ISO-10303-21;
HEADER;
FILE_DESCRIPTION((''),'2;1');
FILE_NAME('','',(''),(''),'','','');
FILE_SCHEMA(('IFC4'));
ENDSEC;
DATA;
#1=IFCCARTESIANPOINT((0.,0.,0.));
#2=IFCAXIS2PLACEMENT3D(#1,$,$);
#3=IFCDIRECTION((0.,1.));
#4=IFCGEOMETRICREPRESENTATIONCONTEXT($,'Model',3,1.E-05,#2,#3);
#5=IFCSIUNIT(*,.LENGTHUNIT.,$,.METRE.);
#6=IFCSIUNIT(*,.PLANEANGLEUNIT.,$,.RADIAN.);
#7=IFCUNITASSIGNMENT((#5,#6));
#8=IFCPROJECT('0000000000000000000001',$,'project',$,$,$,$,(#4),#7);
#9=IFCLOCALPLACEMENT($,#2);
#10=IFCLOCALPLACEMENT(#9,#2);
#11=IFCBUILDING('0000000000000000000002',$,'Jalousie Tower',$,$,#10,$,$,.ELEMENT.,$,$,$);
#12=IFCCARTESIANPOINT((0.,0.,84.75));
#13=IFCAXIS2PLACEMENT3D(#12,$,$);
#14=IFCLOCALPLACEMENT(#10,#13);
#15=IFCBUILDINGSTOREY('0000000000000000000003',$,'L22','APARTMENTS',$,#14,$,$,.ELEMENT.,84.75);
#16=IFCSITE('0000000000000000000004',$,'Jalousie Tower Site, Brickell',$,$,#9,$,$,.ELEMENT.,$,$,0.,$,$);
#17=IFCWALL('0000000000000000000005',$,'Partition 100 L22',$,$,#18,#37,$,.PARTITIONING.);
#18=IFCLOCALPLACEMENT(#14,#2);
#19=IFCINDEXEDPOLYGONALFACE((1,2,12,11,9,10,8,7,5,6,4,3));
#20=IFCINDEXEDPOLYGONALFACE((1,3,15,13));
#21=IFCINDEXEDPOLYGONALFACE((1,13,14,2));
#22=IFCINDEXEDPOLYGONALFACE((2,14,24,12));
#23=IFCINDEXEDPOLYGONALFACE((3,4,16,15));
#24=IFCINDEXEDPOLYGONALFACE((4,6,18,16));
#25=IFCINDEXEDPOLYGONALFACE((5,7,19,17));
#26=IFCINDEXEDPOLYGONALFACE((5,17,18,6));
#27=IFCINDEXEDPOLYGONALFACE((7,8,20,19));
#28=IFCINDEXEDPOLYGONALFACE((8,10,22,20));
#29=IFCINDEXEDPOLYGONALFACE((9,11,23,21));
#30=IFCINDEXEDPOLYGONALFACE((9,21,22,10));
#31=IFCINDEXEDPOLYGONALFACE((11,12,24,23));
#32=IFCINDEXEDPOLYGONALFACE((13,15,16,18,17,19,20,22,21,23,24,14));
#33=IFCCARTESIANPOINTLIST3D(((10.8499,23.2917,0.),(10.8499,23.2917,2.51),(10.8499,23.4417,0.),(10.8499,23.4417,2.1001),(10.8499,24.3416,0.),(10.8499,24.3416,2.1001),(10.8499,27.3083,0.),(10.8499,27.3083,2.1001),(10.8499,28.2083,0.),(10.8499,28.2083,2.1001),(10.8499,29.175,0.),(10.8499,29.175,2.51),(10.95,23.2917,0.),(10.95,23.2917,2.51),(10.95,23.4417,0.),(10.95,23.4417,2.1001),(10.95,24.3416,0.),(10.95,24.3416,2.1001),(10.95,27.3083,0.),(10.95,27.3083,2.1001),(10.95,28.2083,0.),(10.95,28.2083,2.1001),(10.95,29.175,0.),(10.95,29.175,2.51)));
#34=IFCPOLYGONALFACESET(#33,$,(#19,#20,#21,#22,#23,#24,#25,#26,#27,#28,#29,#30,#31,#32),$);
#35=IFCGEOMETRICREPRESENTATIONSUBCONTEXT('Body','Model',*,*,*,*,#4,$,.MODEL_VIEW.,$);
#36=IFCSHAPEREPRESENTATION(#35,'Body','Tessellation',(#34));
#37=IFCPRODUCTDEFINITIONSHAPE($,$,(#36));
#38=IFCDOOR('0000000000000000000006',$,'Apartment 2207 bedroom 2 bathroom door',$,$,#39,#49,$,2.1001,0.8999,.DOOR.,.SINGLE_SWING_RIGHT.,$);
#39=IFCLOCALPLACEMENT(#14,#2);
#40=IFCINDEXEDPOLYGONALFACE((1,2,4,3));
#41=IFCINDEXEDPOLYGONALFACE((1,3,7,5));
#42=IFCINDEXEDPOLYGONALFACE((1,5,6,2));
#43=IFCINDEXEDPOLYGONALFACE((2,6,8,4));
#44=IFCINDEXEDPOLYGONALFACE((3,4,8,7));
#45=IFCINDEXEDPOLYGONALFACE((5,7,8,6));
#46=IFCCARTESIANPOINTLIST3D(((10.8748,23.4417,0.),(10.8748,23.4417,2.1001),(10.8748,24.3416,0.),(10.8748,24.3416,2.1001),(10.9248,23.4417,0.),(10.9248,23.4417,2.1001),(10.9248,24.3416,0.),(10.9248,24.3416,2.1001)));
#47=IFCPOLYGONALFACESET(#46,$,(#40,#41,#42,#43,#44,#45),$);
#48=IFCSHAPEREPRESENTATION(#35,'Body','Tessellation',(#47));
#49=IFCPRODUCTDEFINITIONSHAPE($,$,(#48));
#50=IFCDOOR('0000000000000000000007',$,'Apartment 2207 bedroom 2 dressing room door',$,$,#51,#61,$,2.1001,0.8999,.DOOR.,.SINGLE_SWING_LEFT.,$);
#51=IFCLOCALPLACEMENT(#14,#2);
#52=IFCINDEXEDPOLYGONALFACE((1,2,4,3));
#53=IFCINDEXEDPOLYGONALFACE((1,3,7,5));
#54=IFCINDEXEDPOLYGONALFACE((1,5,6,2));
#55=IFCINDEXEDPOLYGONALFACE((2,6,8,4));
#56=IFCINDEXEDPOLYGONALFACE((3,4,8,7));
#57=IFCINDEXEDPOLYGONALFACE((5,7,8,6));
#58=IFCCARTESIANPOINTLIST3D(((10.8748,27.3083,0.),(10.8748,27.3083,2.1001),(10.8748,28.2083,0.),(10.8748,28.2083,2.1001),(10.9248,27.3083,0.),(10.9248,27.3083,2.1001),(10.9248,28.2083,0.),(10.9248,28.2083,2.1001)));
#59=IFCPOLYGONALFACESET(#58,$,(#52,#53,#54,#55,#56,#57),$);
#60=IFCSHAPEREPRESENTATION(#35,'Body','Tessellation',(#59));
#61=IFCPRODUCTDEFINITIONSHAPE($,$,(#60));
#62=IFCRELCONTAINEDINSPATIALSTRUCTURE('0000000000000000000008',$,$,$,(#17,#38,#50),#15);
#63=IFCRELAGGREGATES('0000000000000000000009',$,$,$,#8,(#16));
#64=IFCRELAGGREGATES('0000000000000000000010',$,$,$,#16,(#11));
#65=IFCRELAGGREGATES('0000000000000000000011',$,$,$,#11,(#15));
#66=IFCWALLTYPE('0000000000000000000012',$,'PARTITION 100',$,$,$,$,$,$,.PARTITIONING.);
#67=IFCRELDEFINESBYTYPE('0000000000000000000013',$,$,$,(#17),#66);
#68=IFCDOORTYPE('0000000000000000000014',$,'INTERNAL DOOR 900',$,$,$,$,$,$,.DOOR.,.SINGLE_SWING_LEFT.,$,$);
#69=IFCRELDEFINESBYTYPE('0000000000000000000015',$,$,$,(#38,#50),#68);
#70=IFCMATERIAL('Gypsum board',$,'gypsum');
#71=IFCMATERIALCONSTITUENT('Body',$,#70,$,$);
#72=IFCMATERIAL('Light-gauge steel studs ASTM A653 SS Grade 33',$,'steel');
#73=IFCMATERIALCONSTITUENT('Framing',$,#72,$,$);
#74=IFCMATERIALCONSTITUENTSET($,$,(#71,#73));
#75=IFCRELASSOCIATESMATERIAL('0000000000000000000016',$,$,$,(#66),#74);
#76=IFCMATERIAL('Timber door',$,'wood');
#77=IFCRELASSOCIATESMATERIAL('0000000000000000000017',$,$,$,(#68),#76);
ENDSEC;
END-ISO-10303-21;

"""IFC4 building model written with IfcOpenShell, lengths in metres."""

from ifc_helpers import new_model, si_unit, direction, frame, frame_2d, origin, place, context, subcontext, project, spatial, polyline, rectangle, outline, extrude, material, constituent, constituent_set, type_object, element, fill, save


model = new_model("IFC4")

# Units and contexts
model_context = context("Model", 3, precision=1e-05, world=origin(), true_north=direction((0.0, 1.0)))
body_context = subcontext(model_context, "Body", "Model", "MODEL_VIEW")
ifc_project = project(units=[si_unit("LENGTHUNIT", "METRE"), si_unit("PLANEANGLEUNIT", "RADIAN")], contexts=[model_context])

# Site, building, storey
site_placement = place(None, origin())
site = spatial("IfcSite", under=ifc_project, at=site_placement, Name="Jalousie Tower Site, Brickell", CompositionType="ELEMENT", RefElevation=0.0)
building_placement = place(site_placement, origin())
building = spatial("IfcBuilding", under=site, at=building_placement, Name="Jalousie Tower", CompositionType="ELEMENT")
storey_placement = place(building_placement, frame((0.0, 0.0, 84.75)))
storey = spatial("IfcBuildingStorey", under=building, at=storey_placement, Name="L22", Description="APARTMENTS", CompositionType="ELEMENT", Elevation=84.75)

# Wall, openings, doors
ifc_material_1 = material(Name="Gypsum board", Category="gypsum")
ifc_constituent_1 = constituent(ifc_material_1, Name="Body")
ifc_material_2 = material(Name="Light-gauge steel studs ASTM A653 SS Grade 33", Category="steel")
ifc_constituent_2 = constituent(ifc_material_2, Name="Framing")
ifc_constituent_set_1 = constituent_set(constituents=[ifc_constituent_1, ifc_constituent_2])
wall_type_1 = type_object("IfcWallType", Name="PARTITION 100", PredefinedType="PARTITIONING", material=ifc_constituent_set_1)
wall_1_placement = place(storey_placement, frame((10.8999, 23.2917, 0.0), z_axis=(0.0, 0.0, 1.0), x_axis=(0.0, 1.0, 0.0)))
wall_1 = element("IfcWall", 1, at=wall_1_placement, inside=storey, type_object=wall_type_1, Name="Partition 100 L22", PredefinedType="PARTITIONING", context=body_context, shape_type="SweptSolid", body=[
    extrude(outline(polyline([(0.0, 0.0), (5.8833, 0.0), (5.8833, 3.1101), (5.8833, 2.51), (1.7683, 2.51), (0.0, 2.51), (0.0, 3.1101), (0.0, 0.0)])), frame((0.0, 0.05, 0.0), z_axis=(0.0, -1.0, 0.0), x_axis=(1.0, 0.0, 0.0)), (0.0, 0.0, 1.0), 0.1001),
])
opening_1_placement = place(wall_1_placement, frame((0.1499, 0.0, 0.0)))
opening_1 = element("IfcOpeningElement", 2, at=opening_1_placement, cuts=wall_1, PredefinedType="OPENING", context=body_context, shape_type="SweptSolid", body=[
    extrude(rectangle(XDim=0.8999, YDim=2.1001, at=frame_2d((0.45, 1.05))), frame((0.0, 0.0601, 0.0), z_axis=(0.0, -1.0, 0.0), x_axis=(1.0, 0.0, 0.0)), (0.0, 0.0, 1.0), 0.1201),
])
opening_2_placement = place(wall_1_placement, frame((4.0166, 0.0, 0.0)))
opening_2 = element("IfcOpeningElement", 3, at=opening_2_placement, cuts=wall_1, PredefinedType="OPENING", context=body_context, shape_type="SweptSolid", body=[
    extrude(rectangle(XDim=0.8999, YDim=2.1001, at=frame_2d((0.45, 1.05))), frame((0.0, 0.0601, 0.0), z_axis=(0.0, -1.0, 0.0), x_axis=(1.0, 0.0, 0.0)), (0.0, 0.0, 1.0), 0.1201),
])
ifc_material_3 = material(Name="Timber door", Category="wood")
door_type_1 = type_object("IfcDoorType", Name="INTERNAL DOOR 900", OperationType="SINGLE_SWING_LEFT", PredefinedType="DOOR", material=ifc_material_3)
door_1_placement = place(opening_1_placement, frame((0.8999, 0.0, 0.0), z_axis=(0.0, 0.0, 1.0), x_axis=(-1.0, 0.0, 0.0)))
door_1 = element("IfcDoor", 4, at=door_1_placement, inside=storey, type_object=door_type_1, Name="Apartment 2207 bedroom 2 bathroom door", OperationType="SINGLE_SWING_RIGHT", OverallHeight=2.1001, OverallWidth=0.8999, PredefinedType="DOOR", context=body_context, shape_type="SweptSolid", body=[
    extrude(rectangle(XDim=0.8999, YDim=2.1001, at=frame_2d((0.45, 1.05))), frame((0.0, 0.0249, 0.0), z_axis=(0.0, -1.0, 0.0), x_axis=(1.0, 0.0, 0.0)), (0.0, 0.0, 1.0), 0.05),
])
fill(opening_1, door_1)
door_2_placement = place(opening_2_placement, frame((0.8999, 0.0, 0.0), z_axis=(0.0, 0.0, 1.0), x_axis=(-1.0, 0.0, 0.0)))
door_2 = element("IfcDoor", 5, at=door_2_placement, inside=storey, type_object=door_type_1, Name="Apartment 2207 bedroom 2 dressing room door", OperationType="SINGLE_SWING_LEFT", OverallHeight=2.1001, OverallWidth=0.8999, PredefinedType="DOOR", context=body_context, shape_type="SweptSolid", body=[
    extrude(rectangle(XDim=0.8999, YDim=2.1001, at=frame_2d((0.45, 1.05))), frame((0.0, 0.0249, 0.0), z_axis=(0.0, -1.0, 0.0), x_axis=(1.0, 0.0, 0.0)), (0.0, 0.0, 1.0), 0.05),
])
fill(opening_2, door_2)

save(model, "model.ifc")
